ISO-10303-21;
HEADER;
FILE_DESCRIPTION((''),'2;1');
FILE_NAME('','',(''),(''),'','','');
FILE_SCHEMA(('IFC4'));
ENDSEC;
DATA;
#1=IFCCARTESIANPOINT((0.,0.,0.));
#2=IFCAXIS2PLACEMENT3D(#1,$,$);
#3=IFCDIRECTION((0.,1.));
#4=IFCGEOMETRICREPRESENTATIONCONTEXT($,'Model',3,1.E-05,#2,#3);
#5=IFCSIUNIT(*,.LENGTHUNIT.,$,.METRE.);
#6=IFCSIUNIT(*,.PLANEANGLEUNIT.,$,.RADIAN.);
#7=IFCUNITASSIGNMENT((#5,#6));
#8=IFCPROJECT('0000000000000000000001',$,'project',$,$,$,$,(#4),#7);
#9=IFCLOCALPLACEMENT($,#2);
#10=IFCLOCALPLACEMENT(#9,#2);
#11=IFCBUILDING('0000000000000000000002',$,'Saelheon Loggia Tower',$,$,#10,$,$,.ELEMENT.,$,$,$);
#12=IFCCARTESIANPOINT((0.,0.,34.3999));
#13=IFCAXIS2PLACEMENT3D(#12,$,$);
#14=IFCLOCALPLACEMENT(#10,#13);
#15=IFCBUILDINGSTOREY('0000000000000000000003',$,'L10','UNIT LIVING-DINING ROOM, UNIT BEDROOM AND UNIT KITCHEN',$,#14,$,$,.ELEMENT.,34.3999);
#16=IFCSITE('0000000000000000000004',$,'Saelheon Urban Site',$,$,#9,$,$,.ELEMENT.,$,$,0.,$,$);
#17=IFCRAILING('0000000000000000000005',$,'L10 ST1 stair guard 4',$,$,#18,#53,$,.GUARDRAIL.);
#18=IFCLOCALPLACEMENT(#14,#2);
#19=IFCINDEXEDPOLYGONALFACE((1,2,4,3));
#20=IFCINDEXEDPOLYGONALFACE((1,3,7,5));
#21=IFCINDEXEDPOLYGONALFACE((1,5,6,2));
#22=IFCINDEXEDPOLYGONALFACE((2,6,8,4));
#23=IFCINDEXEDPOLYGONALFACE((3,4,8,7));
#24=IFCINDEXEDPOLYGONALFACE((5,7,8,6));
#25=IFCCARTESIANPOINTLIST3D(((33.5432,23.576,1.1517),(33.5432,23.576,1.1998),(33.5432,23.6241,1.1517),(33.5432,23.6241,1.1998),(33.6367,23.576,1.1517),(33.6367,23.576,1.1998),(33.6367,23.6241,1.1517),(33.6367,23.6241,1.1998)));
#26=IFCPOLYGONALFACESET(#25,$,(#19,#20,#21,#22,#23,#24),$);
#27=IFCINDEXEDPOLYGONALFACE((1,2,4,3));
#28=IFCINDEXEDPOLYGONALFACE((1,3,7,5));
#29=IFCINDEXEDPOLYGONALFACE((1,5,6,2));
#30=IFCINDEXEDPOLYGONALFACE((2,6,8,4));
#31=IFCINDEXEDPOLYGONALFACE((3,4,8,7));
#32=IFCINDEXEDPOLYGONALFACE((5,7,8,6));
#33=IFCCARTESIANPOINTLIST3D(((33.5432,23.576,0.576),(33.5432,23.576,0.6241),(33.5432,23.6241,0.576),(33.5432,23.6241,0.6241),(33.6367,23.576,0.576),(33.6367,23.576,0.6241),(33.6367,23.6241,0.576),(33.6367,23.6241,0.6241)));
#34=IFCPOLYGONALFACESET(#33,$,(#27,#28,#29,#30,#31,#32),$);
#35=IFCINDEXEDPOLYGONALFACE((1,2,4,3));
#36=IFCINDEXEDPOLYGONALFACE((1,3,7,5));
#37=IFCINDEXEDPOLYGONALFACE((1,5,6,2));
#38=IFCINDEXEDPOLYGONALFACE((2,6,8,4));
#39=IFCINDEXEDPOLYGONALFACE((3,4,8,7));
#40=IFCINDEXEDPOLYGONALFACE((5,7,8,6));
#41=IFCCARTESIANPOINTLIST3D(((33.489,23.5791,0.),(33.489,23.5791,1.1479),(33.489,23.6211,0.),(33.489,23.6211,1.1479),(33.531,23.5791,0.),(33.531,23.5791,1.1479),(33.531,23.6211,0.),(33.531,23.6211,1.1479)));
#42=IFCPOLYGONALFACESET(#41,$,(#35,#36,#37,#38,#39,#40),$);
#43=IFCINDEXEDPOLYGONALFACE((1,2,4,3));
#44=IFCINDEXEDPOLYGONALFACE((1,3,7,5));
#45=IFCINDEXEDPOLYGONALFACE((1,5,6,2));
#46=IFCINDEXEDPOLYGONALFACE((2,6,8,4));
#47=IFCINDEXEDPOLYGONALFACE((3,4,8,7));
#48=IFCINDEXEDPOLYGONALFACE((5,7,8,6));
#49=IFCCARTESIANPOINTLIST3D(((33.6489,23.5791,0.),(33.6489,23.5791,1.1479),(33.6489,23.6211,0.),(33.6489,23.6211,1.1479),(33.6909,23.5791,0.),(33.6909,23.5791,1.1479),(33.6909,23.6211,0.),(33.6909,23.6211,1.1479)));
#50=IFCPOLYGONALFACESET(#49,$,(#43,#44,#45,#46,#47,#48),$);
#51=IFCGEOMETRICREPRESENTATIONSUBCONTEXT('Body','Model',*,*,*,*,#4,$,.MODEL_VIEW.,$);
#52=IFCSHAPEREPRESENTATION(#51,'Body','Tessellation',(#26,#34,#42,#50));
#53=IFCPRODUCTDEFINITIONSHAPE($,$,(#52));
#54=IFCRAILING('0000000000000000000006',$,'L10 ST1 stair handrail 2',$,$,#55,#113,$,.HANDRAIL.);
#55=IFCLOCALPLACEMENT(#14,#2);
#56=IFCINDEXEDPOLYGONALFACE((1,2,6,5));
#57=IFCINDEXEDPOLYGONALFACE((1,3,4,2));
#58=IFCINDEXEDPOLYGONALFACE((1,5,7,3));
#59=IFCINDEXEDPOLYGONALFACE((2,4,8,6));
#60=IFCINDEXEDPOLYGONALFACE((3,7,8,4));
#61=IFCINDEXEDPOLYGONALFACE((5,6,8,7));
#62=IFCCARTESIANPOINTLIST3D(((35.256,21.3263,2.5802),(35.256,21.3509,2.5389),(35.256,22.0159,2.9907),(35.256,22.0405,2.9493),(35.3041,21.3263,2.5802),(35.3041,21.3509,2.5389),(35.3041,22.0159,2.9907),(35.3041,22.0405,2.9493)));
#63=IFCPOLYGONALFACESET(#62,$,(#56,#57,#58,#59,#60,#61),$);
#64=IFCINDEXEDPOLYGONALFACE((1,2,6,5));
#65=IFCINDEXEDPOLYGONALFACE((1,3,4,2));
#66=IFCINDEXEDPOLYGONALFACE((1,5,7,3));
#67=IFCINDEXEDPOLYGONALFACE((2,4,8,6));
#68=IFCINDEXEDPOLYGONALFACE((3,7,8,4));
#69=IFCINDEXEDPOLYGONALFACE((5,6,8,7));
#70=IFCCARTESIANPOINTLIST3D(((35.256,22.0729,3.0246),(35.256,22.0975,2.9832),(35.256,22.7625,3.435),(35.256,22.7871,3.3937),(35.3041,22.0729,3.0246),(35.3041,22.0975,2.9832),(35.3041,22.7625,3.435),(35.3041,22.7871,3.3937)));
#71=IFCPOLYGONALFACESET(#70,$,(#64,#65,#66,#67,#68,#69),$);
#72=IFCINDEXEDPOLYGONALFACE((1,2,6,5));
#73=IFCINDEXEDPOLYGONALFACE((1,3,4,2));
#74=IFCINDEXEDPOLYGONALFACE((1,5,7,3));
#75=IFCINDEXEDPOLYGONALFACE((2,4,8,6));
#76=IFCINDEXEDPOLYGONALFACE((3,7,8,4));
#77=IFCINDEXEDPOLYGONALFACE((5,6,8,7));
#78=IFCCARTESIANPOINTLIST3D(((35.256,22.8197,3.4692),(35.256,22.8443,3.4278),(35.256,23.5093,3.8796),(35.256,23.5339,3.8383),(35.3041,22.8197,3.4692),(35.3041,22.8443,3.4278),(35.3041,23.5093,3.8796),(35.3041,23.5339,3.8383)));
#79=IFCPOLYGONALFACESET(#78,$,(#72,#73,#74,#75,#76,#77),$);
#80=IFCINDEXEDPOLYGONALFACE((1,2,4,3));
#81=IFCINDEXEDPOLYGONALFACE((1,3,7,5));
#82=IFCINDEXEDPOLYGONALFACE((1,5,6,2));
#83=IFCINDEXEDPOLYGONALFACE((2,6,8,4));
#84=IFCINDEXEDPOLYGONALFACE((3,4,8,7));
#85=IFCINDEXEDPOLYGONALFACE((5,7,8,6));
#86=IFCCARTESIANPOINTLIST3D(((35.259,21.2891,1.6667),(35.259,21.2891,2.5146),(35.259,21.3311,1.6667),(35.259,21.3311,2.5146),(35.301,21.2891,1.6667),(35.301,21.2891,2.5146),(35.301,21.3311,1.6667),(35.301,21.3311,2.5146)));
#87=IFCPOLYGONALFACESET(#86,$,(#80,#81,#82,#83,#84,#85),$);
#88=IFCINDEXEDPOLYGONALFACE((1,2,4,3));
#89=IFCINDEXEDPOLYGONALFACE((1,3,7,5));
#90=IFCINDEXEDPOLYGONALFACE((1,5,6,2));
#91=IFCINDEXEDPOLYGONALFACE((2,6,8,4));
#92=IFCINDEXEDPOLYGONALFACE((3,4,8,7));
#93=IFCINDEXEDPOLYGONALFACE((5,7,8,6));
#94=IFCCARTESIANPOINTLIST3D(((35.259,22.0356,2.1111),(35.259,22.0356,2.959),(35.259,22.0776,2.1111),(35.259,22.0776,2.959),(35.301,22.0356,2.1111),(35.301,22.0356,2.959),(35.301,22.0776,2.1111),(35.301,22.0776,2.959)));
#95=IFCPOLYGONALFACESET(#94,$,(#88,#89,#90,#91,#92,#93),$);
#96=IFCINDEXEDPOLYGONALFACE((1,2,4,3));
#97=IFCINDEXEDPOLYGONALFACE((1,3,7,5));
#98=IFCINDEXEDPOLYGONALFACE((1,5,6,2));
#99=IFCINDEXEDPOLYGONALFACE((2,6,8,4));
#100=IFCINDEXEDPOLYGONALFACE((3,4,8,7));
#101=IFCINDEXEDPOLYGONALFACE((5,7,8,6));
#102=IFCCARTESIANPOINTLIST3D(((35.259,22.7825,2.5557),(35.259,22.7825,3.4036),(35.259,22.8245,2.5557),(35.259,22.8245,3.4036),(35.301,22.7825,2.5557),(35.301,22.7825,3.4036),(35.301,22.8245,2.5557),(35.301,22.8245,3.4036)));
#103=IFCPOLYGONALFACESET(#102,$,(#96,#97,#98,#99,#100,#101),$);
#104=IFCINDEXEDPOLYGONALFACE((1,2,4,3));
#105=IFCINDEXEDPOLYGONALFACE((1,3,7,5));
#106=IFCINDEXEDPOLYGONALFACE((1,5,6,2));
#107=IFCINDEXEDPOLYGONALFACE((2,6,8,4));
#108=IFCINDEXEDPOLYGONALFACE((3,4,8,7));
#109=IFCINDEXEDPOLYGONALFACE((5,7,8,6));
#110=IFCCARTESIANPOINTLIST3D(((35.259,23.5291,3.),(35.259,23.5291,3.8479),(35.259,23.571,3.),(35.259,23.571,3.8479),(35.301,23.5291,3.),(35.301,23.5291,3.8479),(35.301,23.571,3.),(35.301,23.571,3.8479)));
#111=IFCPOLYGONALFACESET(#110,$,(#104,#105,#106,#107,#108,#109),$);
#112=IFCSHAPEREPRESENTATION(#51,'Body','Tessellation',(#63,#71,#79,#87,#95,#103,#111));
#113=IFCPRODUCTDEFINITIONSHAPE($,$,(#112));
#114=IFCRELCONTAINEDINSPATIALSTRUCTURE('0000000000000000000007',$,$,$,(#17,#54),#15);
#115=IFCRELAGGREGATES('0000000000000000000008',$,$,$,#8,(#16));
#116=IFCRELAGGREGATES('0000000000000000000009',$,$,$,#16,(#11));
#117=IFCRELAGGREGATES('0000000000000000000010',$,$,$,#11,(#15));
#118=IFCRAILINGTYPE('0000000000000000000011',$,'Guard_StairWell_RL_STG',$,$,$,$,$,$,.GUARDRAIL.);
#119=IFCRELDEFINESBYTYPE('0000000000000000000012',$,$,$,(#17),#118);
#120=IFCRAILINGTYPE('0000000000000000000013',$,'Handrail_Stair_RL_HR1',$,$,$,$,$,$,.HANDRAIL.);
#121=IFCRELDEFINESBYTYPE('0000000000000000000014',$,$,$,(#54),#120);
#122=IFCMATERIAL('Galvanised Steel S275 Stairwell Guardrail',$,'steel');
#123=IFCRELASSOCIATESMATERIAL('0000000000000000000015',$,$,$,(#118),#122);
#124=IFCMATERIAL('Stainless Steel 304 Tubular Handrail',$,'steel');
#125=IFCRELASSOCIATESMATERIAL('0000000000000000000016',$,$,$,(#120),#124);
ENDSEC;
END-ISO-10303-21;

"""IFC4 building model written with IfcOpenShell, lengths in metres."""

from ifc_helpers import new_model, si_unit, direction, frame, origin, origin_2d, place, context, subcontext, project, spatial, rectangle, extrude, material, type_object, element, save


model = new_model("IFC4")

# Units and contexts
model_context = context("Model", 3, precision=1e-05, world=origin(), true_north=direction((0.0, 1.0)))
body_context = subcontext(model_context, "Body", "Model", "MODEL_VIEW")
ifc_project = project(units=[si_unit("LENGTHUNIT", "METRE"), si_unit("PLANEANGLEUNIT", "RADIAN")], contexts=[model_context])

# Site, building, storey
site_placement = place(None, origin())
site = spatial("IfcSite", under=ifc_project, at=site_placement, Name="Saelheon Urban Site", CompositionType="ELEMENT", RefElevation=0.0)
building_placement = place(site_placement, origin())
building = spatial("IfcBuilding", under=site, at=building_placement, Name="Saelheon Loggia Tower", CompositionType="ELEMENT")
storey_placement = place(building_placement, frame((0.0, 0.0, 34.3999)))
storey = spatial("IfcBuildingStorey", under=building, at=storey_placement, Name="L10", Description="UNIT LIVING-DINING ROOM, UNIT BEDROOM AND UNIT KITCHEN", CompositionType="ELEMENT", Elevation=34.3999)

# Railings
ifc_material_1 = material(Name="Galvanised Steel S275 Stairwell Guardrail", Category="steel")
railing_type_1 = type_object("IfcRailingType", Name="Guard_StairWell_RL_STG", PredefinedType="GUARDRAIL", material=ifc_material_1)
railing_1_placement = place(storey_placement, frame((33.51, 23.6001, 0.0)))
element("IfcRailing", 1, at=railing_1_placement, inside=storey, type_object=railing_type_1, Name="L10 ST1 stair guard 4", PredefinedType="GUARDRAIL", context=body_context, shape_type="SweptSolid", body=[
    extrude(rectangle(XDim=0.0481, YDim=0.0481, at=origin_2d()), frame((0.0332, 0.0, 1.1758), z_axis=(1.0, 0.0, 0.0), x_axis=(0.0, 1.0, 0.0)), (0.0, 0.0, 1.0), 0.0935),
    extrude(rectangle(XDim=0.0481, YDim=0.0481, at=origin_2d()), frame((0.0332, 0.0, 0.6001), z_axis=(1.0, 0.0, 0.0), x_axis=(0.0, 1.0, 0.0)), (0.0, 0.0, 1.0), 0.0935),
    extrude(rectangle(XDim=0.042, YDim=0.042, at=origin_2d()), origin(), (0.0, 0.0, 1.0), 1.1479),
    extrude(rectangle(XDim=0.042, YDim=0.042, at=origin_2d()), frame((0.1599, 0.0, 0.0)), (0.0, 0.0, 1.0), 1.1479),
])
ifc_material_2 = material(Name="Stainless Steel 304 Tubular Handrail", Category="steel")
railing_type_2 = type_object("IfcRailingType", Name="Handrail_Stair_RL_HR1", PredefinedType="HANDRAIL", material=ifc_material_2)
railing_2_placement = place(storey_placement, frame((35.28, 21.3101, 1.6667)))
element("IfcRailing", 2, at=railing_2_placement, inside=storey, type_object=railing_type_2, Name="L10 ST1 stair handrail 2", PredefinedType="HANDRAIL", context=body_context, shape_type="SweptSolid", body=[
    extrude(rectangle(XDim=0.0481, YDim=0.0481, at=origin_2d()), frame((0.0, 0.0286, 0.8928), z_axis=(0.0, 0.859306, 0.511462), x_axis=(-1.0, 0.0, 0.0)), (0.0, 0.0, 1.0), 0.8025),
    extrude(rectangle(XDim=0.0481, YDim=0.0481, at=origin_2d()), frame((0.0, 0.7751, 1.3372), z_axis=(0.0, 0.859306, 0.511462), x_axis=(-1.0, 0.0, 0.0)), (0.0, 0.0, 1.0), 0.8025),
    extrude(rectangle(XDim=0.0481, YDim=0.0481, at=origin_2d()), frame((0.0, 1.522, 1.7817), z_axis=(0.0, 0.859306, 0.511462), x_axis=(-1.0, 0.0, 0.0)), (0.0, 0.0, 1.0), 0.8025),
    extrude(rectangle(XDim=0.042, YDim=0.042, at=origin_2d()), origin(), (0.0, 0.0, 1.0), 0.8479),
    extrude(rectangle(XDim=0.042, YDim=0.042, at=origin_2d()), frame((0.0, 0.7466, 0.4443)), (0.0, 0.0, 1.0), 0.8479),
    extrude(rectangle(XDim=0.042, YDim=0.042, at=origin_2d()), frame((0.0, 1.4934, 0.8889)), (0.0, 0.0, 1.0), 0.8479),
    extrude(rectangle(XDim=0.042, YDim=0.042, at=origin_2d()), frame((0.0, 2.24, 1.3333)), (0.0, 0.0, 1.0), 0.8479),
])

save(model, "model.ifc")
